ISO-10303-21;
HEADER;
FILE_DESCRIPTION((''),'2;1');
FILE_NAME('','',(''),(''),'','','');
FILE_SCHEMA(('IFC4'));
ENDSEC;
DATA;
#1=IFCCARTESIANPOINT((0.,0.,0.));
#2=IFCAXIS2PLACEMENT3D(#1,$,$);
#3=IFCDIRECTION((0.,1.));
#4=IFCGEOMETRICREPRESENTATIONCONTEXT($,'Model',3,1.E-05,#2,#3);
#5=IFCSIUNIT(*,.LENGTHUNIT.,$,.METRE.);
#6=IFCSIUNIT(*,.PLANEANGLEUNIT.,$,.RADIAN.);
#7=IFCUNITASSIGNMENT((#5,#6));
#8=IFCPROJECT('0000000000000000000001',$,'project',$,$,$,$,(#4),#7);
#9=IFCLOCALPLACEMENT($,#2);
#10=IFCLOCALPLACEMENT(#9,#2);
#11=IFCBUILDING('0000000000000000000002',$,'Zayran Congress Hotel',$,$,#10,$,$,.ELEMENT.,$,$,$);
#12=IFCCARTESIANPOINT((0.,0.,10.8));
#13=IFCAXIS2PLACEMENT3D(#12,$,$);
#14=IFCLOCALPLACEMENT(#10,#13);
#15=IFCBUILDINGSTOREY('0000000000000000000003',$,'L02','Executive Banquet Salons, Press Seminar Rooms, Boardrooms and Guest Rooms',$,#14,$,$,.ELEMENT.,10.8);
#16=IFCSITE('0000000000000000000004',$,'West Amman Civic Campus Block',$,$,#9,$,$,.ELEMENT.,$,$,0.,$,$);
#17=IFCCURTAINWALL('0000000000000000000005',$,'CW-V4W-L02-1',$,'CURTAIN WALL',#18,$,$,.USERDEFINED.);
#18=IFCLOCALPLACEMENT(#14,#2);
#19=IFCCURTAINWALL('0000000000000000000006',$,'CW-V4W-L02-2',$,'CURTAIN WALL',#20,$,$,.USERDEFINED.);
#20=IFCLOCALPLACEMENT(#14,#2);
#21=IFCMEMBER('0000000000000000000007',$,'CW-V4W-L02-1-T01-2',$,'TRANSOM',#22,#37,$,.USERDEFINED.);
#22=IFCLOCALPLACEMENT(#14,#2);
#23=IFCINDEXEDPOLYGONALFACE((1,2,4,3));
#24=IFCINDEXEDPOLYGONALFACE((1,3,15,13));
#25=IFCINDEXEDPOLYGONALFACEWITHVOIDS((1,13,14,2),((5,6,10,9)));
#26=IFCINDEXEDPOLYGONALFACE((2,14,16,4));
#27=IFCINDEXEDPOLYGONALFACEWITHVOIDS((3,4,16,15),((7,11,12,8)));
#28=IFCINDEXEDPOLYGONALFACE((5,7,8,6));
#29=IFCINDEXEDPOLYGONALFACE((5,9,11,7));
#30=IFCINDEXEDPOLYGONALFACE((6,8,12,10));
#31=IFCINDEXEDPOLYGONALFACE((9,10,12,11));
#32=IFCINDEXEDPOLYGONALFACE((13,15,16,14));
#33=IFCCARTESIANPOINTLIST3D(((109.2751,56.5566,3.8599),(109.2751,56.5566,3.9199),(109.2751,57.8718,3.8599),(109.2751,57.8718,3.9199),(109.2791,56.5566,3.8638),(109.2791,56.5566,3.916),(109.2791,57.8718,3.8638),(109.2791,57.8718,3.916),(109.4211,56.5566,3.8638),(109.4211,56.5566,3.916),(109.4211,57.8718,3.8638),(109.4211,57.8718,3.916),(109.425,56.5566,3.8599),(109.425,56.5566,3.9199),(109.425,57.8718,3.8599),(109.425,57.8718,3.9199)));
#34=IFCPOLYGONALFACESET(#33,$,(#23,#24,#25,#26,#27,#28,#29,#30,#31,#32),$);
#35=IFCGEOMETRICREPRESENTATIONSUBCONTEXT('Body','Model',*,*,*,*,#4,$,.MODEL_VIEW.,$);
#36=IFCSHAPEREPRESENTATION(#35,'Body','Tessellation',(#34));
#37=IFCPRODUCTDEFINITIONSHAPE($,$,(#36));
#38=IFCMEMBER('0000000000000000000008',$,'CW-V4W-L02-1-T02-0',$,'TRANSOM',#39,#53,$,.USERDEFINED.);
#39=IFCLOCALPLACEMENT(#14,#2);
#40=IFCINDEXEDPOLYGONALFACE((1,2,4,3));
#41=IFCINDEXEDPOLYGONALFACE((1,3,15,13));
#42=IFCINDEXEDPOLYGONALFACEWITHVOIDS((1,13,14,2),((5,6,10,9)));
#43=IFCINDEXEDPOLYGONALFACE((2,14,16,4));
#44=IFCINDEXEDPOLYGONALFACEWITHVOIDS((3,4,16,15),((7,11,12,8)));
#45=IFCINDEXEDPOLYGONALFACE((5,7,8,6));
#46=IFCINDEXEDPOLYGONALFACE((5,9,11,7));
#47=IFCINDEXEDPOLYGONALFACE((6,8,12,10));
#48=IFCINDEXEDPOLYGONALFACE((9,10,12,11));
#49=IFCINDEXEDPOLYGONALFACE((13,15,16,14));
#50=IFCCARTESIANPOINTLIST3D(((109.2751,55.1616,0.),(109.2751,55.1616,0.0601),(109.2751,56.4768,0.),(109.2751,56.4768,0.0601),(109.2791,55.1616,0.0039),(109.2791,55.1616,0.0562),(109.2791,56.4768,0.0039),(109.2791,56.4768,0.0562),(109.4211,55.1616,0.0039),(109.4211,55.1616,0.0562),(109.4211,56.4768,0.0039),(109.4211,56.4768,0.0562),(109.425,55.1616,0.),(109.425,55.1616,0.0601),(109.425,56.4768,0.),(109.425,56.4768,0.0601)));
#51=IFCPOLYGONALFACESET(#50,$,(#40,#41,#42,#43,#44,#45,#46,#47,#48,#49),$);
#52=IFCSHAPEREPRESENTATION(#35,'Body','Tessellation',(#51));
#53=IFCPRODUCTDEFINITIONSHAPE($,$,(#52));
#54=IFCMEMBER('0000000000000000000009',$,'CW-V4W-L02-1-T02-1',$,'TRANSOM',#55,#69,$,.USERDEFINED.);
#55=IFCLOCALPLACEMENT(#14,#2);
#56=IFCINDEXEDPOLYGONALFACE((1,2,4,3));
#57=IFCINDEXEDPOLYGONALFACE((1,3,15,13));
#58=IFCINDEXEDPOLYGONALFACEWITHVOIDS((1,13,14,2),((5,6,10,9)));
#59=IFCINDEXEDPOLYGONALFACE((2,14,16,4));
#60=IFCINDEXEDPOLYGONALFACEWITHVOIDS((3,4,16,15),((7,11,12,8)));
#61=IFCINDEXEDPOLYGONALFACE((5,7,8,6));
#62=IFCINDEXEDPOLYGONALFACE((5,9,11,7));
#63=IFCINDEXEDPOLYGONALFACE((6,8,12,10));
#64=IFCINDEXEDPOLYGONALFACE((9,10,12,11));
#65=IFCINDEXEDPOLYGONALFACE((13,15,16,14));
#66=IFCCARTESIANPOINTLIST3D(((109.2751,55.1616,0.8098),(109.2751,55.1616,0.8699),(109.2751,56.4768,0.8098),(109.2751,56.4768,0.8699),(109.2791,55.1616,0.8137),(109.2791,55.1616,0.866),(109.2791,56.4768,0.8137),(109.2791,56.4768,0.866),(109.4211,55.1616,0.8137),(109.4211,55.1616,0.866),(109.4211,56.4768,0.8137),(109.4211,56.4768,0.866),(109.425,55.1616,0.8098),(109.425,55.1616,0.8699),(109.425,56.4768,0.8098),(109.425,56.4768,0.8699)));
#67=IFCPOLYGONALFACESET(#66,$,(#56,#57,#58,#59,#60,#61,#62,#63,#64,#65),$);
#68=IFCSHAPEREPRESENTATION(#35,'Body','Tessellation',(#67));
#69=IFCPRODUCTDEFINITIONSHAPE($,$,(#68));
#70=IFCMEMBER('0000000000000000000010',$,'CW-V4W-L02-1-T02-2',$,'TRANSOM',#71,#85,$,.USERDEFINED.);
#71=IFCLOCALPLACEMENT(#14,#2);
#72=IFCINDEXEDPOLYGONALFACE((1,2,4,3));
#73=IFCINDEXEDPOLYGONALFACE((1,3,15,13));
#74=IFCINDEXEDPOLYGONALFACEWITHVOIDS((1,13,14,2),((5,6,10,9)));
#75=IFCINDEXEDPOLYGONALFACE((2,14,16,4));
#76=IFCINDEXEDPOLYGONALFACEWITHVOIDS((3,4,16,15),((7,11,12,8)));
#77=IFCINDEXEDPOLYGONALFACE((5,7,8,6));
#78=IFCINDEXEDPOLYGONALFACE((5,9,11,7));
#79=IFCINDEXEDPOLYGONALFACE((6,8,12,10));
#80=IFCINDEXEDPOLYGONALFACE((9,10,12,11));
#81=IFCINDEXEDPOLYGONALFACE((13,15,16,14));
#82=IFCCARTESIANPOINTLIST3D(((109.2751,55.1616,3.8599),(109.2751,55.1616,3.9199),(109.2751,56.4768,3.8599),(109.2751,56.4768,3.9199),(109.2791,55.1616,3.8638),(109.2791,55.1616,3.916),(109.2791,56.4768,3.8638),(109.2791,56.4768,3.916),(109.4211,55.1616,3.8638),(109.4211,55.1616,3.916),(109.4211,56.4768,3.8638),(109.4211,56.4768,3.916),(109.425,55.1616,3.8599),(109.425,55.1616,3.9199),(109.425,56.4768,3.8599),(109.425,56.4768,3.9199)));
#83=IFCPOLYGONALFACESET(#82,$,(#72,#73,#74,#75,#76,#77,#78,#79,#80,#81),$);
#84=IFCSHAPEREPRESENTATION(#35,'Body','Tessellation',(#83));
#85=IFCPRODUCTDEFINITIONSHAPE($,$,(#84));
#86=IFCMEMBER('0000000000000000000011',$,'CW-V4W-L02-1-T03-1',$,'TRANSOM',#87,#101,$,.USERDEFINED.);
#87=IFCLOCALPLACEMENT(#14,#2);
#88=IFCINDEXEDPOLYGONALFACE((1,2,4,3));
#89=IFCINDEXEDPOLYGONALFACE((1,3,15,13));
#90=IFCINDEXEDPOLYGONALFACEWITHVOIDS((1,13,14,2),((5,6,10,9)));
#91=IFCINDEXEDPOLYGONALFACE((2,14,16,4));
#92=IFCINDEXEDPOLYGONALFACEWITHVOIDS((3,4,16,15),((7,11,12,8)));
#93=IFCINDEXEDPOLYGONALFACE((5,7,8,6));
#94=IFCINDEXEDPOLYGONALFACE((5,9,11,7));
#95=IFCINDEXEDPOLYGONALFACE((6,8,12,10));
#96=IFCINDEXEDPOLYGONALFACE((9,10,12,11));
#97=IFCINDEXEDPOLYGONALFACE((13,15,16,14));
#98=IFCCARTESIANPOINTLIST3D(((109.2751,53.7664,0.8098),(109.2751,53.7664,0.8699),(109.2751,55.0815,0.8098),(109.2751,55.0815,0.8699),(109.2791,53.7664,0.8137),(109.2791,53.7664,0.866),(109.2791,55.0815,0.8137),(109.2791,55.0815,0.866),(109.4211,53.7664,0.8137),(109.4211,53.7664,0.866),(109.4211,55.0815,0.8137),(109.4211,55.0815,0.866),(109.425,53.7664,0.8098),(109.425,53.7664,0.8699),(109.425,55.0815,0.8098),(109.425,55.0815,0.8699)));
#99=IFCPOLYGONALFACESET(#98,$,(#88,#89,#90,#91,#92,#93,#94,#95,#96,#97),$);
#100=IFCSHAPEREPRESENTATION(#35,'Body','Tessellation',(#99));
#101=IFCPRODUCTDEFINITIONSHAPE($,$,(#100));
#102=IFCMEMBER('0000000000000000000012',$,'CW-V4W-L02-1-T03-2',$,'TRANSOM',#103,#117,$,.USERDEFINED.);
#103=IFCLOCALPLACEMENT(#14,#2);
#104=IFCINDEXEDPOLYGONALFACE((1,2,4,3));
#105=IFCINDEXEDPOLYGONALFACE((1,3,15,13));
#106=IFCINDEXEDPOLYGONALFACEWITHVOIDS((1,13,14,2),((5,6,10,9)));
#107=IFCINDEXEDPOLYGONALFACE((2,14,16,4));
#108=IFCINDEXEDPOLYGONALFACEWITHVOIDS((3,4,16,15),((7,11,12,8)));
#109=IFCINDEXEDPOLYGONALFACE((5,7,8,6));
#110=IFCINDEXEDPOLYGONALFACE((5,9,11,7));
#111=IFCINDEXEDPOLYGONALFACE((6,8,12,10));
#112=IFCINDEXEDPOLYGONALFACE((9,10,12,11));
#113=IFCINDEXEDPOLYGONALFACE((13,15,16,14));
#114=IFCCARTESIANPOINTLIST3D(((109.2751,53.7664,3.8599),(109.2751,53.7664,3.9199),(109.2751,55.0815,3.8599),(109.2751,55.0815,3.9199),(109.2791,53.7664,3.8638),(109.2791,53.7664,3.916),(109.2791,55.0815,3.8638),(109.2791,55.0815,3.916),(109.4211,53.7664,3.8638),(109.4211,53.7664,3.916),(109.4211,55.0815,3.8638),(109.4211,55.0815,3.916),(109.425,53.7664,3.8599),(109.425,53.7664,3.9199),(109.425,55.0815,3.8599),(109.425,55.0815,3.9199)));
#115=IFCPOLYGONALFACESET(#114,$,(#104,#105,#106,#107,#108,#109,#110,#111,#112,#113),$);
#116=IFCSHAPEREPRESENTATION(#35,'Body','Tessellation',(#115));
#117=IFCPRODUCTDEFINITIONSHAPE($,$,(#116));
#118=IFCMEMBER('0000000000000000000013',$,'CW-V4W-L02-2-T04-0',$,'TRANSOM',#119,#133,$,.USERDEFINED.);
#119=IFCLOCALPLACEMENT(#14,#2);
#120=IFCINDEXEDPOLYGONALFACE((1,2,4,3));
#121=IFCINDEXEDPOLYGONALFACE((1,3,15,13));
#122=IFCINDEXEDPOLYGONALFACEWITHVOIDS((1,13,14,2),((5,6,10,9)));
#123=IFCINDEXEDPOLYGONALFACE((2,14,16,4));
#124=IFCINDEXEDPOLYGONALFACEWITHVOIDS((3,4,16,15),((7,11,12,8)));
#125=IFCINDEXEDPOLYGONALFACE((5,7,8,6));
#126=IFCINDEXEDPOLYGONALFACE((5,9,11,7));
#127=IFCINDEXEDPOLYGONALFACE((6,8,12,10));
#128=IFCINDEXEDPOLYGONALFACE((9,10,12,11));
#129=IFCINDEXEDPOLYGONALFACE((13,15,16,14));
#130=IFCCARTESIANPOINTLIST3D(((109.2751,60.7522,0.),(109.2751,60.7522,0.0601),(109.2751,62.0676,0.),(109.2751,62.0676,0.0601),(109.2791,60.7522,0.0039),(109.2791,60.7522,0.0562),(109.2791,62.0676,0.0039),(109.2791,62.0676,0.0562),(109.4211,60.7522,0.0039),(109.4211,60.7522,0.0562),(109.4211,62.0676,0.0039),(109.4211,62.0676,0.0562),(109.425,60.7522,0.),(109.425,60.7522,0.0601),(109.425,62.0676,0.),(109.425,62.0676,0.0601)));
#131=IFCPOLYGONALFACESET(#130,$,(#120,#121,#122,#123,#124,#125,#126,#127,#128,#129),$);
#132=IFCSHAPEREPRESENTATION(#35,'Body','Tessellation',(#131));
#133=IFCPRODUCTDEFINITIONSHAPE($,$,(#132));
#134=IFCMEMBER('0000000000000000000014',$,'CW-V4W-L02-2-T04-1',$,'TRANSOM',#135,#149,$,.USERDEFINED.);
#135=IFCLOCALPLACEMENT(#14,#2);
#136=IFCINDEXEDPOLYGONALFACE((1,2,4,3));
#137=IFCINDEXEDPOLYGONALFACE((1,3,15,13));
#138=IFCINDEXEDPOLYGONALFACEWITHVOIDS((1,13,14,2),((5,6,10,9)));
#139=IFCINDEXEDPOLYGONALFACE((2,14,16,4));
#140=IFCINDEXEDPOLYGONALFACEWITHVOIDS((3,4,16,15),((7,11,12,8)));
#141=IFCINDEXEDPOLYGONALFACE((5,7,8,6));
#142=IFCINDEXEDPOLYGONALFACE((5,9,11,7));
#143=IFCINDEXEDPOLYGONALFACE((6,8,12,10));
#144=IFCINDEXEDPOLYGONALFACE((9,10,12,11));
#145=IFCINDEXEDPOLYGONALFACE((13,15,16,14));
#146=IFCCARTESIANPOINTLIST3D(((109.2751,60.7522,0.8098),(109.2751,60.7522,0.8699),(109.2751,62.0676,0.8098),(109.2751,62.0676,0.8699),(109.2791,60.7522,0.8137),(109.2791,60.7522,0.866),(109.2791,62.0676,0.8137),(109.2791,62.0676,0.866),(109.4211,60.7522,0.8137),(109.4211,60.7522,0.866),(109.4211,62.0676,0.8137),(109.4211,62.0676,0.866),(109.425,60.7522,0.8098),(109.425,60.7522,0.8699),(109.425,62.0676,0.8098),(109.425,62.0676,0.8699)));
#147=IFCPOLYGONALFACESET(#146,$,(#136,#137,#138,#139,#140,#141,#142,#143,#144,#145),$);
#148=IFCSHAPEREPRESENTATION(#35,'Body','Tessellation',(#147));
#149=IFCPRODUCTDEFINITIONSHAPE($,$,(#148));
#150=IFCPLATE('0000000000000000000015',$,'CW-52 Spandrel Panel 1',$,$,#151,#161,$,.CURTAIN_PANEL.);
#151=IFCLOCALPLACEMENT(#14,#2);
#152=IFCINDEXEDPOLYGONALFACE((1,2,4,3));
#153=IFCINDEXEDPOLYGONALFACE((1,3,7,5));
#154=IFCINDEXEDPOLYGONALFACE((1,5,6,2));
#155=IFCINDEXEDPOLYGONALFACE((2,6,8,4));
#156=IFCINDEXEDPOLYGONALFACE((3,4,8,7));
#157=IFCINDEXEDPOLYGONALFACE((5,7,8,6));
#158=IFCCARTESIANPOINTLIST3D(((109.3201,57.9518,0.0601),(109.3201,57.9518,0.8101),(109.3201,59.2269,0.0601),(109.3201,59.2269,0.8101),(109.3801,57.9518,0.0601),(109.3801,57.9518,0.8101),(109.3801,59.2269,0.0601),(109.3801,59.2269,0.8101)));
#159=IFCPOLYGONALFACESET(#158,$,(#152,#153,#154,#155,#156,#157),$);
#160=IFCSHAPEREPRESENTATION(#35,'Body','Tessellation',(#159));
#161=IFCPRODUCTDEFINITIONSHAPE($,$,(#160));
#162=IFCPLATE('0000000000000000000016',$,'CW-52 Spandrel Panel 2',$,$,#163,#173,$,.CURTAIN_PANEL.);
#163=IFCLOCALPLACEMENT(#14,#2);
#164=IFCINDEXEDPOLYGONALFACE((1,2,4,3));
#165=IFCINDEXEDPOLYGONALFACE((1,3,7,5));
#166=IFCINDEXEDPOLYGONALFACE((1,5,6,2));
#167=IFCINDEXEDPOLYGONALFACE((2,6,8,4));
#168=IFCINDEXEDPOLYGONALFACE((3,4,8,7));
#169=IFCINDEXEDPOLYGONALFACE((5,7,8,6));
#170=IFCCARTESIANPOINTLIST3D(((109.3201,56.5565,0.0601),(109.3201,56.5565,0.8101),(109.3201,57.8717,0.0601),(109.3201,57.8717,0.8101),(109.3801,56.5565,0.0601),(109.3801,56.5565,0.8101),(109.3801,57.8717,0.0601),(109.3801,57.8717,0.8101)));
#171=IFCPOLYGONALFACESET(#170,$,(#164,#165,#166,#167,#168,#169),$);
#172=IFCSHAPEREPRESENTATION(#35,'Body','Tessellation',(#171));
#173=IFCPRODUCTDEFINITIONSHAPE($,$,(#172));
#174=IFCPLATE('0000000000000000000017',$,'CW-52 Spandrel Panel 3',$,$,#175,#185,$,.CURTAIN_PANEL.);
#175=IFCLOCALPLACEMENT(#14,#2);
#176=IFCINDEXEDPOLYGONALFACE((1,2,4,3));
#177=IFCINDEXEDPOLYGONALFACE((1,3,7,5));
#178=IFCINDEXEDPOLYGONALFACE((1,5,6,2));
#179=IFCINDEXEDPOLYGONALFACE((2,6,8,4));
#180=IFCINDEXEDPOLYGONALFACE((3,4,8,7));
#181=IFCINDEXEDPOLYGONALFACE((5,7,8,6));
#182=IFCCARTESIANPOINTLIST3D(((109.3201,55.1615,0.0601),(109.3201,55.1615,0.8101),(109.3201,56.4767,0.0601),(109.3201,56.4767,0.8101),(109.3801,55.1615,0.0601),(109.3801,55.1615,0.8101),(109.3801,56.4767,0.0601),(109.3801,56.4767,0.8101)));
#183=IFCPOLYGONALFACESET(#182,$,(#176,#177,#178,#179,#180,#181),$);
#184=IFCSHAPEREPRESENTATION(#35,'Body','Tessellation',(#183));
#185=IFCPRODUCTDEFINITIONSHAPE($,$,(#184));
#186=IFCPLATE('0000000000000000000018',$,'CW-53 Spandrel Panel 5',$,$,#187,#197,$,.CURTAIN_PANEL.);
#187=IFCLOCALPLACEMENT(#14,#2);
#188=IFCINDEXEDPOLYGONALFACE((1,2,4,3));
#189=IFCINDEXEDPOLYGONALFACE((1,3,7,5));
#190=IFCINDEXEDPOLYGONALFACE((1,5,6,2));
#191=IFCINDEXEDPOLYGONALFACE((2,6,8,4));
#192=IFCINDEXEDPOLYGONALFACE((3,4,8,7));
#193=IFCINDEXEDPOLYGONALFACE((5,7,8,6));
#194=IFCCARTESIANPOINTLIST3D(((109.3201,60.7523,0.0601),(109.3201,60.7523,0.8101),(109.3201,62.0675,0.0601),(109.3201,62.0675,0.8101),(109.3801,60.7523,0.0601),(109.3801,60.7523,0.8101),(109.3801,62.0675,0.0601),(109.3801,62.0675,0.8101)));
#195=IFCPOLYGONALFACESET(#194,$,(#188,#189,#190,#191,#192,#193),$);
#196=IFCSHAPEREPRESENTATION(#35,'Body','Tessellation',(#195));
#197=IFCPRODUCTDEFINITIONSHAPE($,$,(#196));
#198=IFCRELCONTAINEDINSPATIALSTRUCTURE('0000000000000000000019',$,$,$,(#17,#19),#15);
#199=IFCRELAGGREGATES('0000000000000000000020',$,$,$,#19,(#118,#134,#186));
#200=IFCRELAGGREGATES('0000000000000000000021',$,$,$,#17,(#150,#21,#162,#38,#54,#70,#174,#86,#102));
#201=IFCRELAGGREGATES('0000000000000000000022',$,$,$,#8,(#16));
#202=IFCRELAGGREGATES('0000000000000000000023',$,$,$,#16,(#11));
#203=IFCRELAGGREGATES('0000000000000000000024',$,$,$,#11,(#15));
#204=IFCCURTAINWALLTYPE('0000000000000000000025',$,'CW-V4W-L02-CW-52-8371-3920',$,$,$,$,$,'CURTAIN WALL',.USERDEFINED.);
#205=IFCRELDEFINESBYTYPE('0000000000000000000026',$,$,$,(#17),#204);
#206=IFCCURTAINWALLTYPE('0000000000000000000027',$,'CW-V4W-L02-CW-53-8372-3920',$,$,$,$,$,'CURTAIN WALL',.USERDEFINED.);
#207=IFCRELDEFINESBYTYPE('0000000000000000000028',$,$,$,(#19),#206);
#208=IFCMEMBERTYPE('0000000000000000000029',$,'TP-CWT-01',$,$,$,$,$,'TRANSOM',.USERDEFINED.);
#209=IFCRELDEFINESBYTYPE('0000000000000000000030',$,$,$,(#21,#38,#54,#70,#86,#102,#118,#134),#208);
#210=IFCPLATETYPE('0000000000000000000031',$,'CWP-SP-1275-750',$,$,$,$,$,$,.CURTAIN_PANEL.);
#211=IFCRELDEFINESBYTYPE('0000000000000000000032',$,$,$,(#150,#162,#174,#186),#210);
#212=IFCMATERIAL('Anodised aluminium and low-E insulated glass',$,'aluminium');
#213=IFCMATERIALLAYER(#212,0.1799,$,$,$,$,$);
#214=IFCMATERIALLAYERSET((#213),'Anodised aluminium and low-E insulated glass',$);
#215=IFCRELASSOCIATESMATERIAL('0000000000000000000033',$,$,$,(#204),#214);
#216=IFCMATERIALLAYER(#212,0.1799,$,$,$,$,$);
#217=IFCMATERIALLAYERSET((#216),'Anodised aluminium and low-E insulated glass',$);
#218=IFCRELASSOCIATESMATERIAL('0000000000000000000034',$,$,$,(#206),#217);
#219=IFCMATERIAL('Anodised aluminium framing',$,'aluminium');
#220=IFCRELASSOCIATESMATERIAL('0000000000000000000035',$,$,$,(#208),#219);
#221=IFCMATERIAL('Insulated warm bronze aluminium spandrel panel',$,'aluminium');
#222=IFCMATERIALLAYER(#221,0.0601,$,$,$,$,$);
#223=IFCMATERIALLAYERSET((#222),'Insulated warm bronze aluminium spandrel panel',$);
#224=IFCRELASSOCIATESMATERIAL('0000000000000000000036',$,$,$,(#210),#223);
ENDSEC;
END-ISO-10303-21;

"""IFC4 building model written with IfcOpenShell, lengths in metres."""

from ifc_helpers import new_model, si_unit, direction, frame, origin, origin_2d, place, context, subcontext, project, spatial, rectangle, hollow_rectangle, extrude, material, layer, layer_set, material_profile, profile_set, type_object, element, aggregate, save


model = new_model("IFC4")

# Units and contexts
model_context = context("Model", 3, precision=1e-05, world=origin(), true_north=direction((0.0, 1.0)))
body_context = subcontext(model_context, "Body", "Model", "MODEL_VIEW")
ifc_project = project(units=[si_unit("LENGTHUNIT", "METRE"), si_unit("PLANEANGLEUNIT", "RADIAN")], contexts=[model_context])

# Site, building, storey
site_placement = place(None, origin())
site = spatial("IfcSite", under=ifc_project, at=site_placement, Name="West Amman Civic Campus Block", CompositionType="ELEMENT", RefElevation=0.0)
building_placement = place(site_placement, origin())
building = spatial("IfcBuilding", under=site, at=building_placement, Name="Zayran Congress Hotel", CompositionType="ELEMENT")
storey_placement = place(building_placement, frame((0.0, 0.0, 10.8)))
storey = spatial("IfcBuildingStorey", under=building, at=storey_placement, Name="L02", Description="Executive Banquet Salons, Press Seminar Rooms, Boardrooms and Guest Rooms", CompositionType="ELEMENT", Elevation=10.8)

# Curtain walls
ifc_material_1 = material(Name="Anodised aluminium and low-E insulated glass", Category="aluminium")
ifc_layer_1 = layer(ifc_material_1, 0.1799)
ifc_layer_set_1 = layer_set([ifc_layer_1], Name="Anodised aluminium and low-E insulated glass")
curtain_wall_type_1 = type_object("IfcCurtainWallType", Name="CW-V4W-L02-CW-52-8371-3920", ElementType="CURTAIN WALL", PredefinedType="USERDEFINED", material=ifc_layer_set_1)
curtain_wall_1_placement = place(storey_placement, origin())
curtain_wall_1 = element("IfcCurtainWall", 1, at=curtain_wall_1_placement, inside=storey, type_object=curtain_wall_type_1, Name="CW-V4W-L02-1", ObjectType="CURTAIN WALL", PredefinedType="USERDEFINED")
ifc_material_2 = material(Name="Anodised aluminium framing", Category="aluminium")
ifc_layer_2 = layer(ifc_material_1, 0.1799)
ifc_layer_set_2 = layer_set([ifc_layer_2], Name="Anodised aluminium and low-E insulated glass")
curtain_wall_type_2 = type_object("IfcCurtainWallType", Name="CW-V4W-L02-CW-53-8372-3920", ElementType="CURTAIN WALL", PredefinedType="USERDEFINED", material=ifc_layer_set_2)
curtain_wall_2_placement = place(storey_placement, origin())
curtain_wall_2 = element("IfcCurtainWall", 2, at=curtain_wall_2_placement, inside=storey, type_object=curtain_wall_type_2, Name="CW-V4W-L02-2", ObjectType="CURTAIN WALL", PredefinedType="USERDEFINED")

# Members
ifc_material_profile_1 = material_profile(ifc_material_2, hollow_rectangle(XDim=0.0601, YDim=0.1499, WallThickness=0.0039, at=origin_2d()), Name="RHS 150x60x4")
ifc_profile_set_1 = profile_set([ifc_material_profile_1], Name="Anodised aluminium framing")
member_type_1 = type_object("IfcMemberType", Name="TP-CWT-01", ElementType="TRANSOM", PredefinedType="USERDEFINED", material=ifc_profile_set_1)
member_1_placement = place(storey_placement, frame((109.3501, 57.8718, 3.8899), z_axis=(0.0, -1.0, 0.0), x_axis=(0.0, 0.0, 1.0)))
member_1 = element("IfcMember", 3, at=member_1_placement, type_object=member_type_1, Name="CW-V4W-L02-1-T01-2", ObjectType="TRANSOM", PredefinedType="USERDEFINED", context=body_context, shape_type="SweptSolid", body=[
    extrude(hollow_rectangle(XDim=0.0601, YDim=0.1499, WallThickness=0.0039, at=origin_2d()), origin(), (0.0, 0.0, 1.0), 1.3152),
])
member_2_placement = place(storey_placement, frame((109.3501, 56.4768, 0.03), z_axis=(0.0, -1.0, 0.0), x_axis=(0.0, 0.0, 1.0)))
member_2 = element("IfcMember", 4, at=member_2_placement, type_object=member_type_1, Name="CW-V4W-L02-1-T02-0", ObjectType="TRANSOM", PredefinedType="USERDEFINED", context=body_context, shape_type="SweptSolid", body=[
    extrude(hollow_rectangle(XDim=0.0601, YDim=0.1499, WallThickness=0.0039, at=origin_2d()), origin(), (0.0, 0.0, 1.0), 1.3152),
])
member_3_placement = place(storey_placement, frame((109.3501, 56.4768, 0.8398), z_axis=(0.0, -1.0, 0.0), x_axis=(0.0, 0.0, 1.0)))
member_3 = element("IfcMember", 5, at=member_3_placement, type_object=member_type_1, Name="CW-V4W-L02-1-T02-1", ObjectType="TRANSOM", PredefinedType="USERDEFINED", context=body_context, shape_type="SweptSolid", body=[
    extrude(hollow_rectangle(XDim=0.0601, YDim=0.1499, WallThickness=0.0039, at=origin_2d()), origin(), (0.0, 0.0, 1.0), 1.3152),
])
member_4_placement = place(storey_placement, frame((109.3501, 56.4768, 3.8899), z_axis=(0.0, -1.0, 0.0), x_axis=(0.0, 0.0, 1.0)))
member_4 = element("IfcMember", 6, at=member_4_placement, type_object=member_type_1, Name="CW-V4W-L02-1-T02-2", ObjectType="TRANSOM", PredefinedType="USERDEFINED", context=body_context, shape_type="SweptSolid", body=[
    extrude(hollow_rectangle(XDim=0.0601, YDim=0.1499, WallThickness=0.0039, at=origin_2d()), origin(), (0.0, 0.0, 1.0), 1.3152),
])
member_5_placement = place(storey_placement, frame((109.3501, 55.0815, 0.8398), z_axis=(0.0, -1.0, 0.0), x_axis=(0.0, 0.0, 1.0)))
member_5 = element("IfcMember", 7, at=member_5_placement, type_object=member_type_1, Name="CW-V4W-L02-1-T03-1", ObjectType="TRANSOM", PredefinedType="USERDEFINED", context=body_context, shape_type="SweptSolid", body=[
    extrude(hollow_rectangle(XDim=0.0601, YDim=0.1499, WallThickness=0.0039, at=origin_2d()), origin(), (0.0, 0.0, 1.0), 1.3152),
])
member_6_placement = place(storey_placement, frame((109.3501, 55.0815, 3.8899), z_axis=(0.0, -1.0, 0.0), x_axis=(0.0, 0.0, 1.0)))
member_6 = element("IfcMember", 8, at=member_6_placement, type_object=member_type_1, Name="CW-V4W-L02-1-T03-2", ObjectType="TRANSOM", PredefinedType="USERDEFINED", context=body_context, shape_type="SweptSolid", body=[
    extrude(hollow_rectangle(XDim=0.0601, YDim=0.1499, WallThickness=0.0039, at=origin_2d()), origin(), (0.0, 0.0, 1.0), 1.3152),
])
member_7_placement = place(storey_placement, frame((109.3501, 62.0676, 0.03), z_axis=(0.0, -1.0, 0.0), x_axis=(0.0, 0.0, 1.0)))
member_7 = element("IfcMember", 9, at=member_7_placement, type_object=member_type_1, Name="CW-V4W-L02-2-T04-0", ObjectType="TRANSOM", PredefinedType="USERDEFINED", context=body_context, shape_type="SweptSolid", body=[
    extrude(hollow_rectangle(XDim=0.0601, YDim=0.1499, WallThickness=0.0039, at=origin_2d()), origin(), (0.0, 0.0, 1.0), 1.3154),
])
member_8_placement = place(storey_placement, frame((109.3501, 62.0676, 0.8398), z_axis=(0.0, -1.0, 0.0), x_axis=(0.0, 0.0, 1.0)))
member_8 = element("IfcMember", 10, at=member_8_placement, type_object=member_type_1, Name="CW-V4W-L02-2-T04-1", ObjectType="TRANSOM", PredefinedType="USERDEFINED", context=body_context, shape_type="SweptSolid", body=[
    extrude(hollow_rectangle(XDim=0.0601, YDim=0.1499, WallThickness=0.0039, at=origin_2d()), origin(), (0.0, 0.0, 1.0), 1.3154),
])

# Plates
ifc_material_3 = material(Name="Insulated warm bronze aluminium spandrel panel", Category="aluminium")
ifc_layer_3 = layer(ifc_material_3, 0.0601)
ifc_layer_set_3 = layer_set([ifc_layer_3], Name="Insulated warm bronze aluminium spandrel panel")
plate_type_1 = type_object("IfcPlateType", Name="CWP-SP-1275-750", PredefinedType="CURTAIN_PANEL", material=ifc_layer_set_3)
plate_1_placement = place(storey_placement, frame((109.3501, 58.5894, 0.0601), z_axis=(0.0, 0.0, 1.0), x_axis=(0.0, 1.0, 0.0)))
plate_1 = element("IfcPlate", 11, at=plate_1_placement, type_object=plate_type_1, Name="CW-52 Spandrel Panel 1", PredefinedType="CURTAIN_PANEL", context=body_context, shape_type="SweptSolid", body=[
    extrude(rectangle(XDim=1.2751, YDim=0.0601, at=origin_2d()), origin(), (0.0, 0.0, 1.0), 0.75),
])
plate_2_placement = place(storey_placement, frame((109.3501, 57.2141, 0.0601), z_axis=(0.0, 0.0, 1.0), x_axis=(0.0, 1.0, 0.0)))
plate_2 = element("IfcPlate", 12, at=plate_2_placement, type_object=plate_type_1, Name="CW-52 Spandrel Panel 2", PredefinedType="CURTAIN_PANEL", context=body_context, shape_type="SweptSolid", body=[
    extrude(rectangle(XDim=1.3152, YDim=0.0601, at=origin_2d()), origin(), (0.0, 0.0, 1.0), 0.75),
])
plate_3_placement = place(storey_placement, frame((109.3501, 55.8191, 0.0601), z_axis=(0.0, 0.0, 1.0), x_axis=(0.0, 1.0, 0.0)))
plate_3 = element("IfcPlate", 13, at=plate_3_placement, type_object=plate_type_1, Name="CW-52 Spandrel Panel 3", PredefinedType="CURTAIN_PANEL", context=body_context, shape_type="SweptSolid", body=[
    extrude(rectangle(XDim=1.3152, YDim=0.0601, at=origin_2d()), origin(), (0.0, 0.0, 1.0), 0.75),
])
plate_4_placement = place(storey_placement, frame((109.3501, 61.4099, 0.0601), z_axis=(0.0, 0.0, 1.0), x_axis=(0.0, 1.0, 0.0)))
plate_4 = element("IfcPlate", 14, at=plate_4_placement, type_object=plate_type_1, Name="CW-53 Spandrel Panel 5", PredefinedType="CURTAIN_PANEL", context=body_context, shape_type="SweptSolid", body=[
    extrude(rectangle(XDim=1.3152, YDim=0.0601, at=origin_2d()), origin(), (0.0, 0.0, 1.0), 0.75),
])
aggregate(curtain_wall_2, [member_7, member_8, plate_4])
aggregate(curtain_wall_1, [plate_1, member_1, plate_2, member_2, member_3, member_4, plate_3, member_5, member_6])

save(model, "model.ifc")
